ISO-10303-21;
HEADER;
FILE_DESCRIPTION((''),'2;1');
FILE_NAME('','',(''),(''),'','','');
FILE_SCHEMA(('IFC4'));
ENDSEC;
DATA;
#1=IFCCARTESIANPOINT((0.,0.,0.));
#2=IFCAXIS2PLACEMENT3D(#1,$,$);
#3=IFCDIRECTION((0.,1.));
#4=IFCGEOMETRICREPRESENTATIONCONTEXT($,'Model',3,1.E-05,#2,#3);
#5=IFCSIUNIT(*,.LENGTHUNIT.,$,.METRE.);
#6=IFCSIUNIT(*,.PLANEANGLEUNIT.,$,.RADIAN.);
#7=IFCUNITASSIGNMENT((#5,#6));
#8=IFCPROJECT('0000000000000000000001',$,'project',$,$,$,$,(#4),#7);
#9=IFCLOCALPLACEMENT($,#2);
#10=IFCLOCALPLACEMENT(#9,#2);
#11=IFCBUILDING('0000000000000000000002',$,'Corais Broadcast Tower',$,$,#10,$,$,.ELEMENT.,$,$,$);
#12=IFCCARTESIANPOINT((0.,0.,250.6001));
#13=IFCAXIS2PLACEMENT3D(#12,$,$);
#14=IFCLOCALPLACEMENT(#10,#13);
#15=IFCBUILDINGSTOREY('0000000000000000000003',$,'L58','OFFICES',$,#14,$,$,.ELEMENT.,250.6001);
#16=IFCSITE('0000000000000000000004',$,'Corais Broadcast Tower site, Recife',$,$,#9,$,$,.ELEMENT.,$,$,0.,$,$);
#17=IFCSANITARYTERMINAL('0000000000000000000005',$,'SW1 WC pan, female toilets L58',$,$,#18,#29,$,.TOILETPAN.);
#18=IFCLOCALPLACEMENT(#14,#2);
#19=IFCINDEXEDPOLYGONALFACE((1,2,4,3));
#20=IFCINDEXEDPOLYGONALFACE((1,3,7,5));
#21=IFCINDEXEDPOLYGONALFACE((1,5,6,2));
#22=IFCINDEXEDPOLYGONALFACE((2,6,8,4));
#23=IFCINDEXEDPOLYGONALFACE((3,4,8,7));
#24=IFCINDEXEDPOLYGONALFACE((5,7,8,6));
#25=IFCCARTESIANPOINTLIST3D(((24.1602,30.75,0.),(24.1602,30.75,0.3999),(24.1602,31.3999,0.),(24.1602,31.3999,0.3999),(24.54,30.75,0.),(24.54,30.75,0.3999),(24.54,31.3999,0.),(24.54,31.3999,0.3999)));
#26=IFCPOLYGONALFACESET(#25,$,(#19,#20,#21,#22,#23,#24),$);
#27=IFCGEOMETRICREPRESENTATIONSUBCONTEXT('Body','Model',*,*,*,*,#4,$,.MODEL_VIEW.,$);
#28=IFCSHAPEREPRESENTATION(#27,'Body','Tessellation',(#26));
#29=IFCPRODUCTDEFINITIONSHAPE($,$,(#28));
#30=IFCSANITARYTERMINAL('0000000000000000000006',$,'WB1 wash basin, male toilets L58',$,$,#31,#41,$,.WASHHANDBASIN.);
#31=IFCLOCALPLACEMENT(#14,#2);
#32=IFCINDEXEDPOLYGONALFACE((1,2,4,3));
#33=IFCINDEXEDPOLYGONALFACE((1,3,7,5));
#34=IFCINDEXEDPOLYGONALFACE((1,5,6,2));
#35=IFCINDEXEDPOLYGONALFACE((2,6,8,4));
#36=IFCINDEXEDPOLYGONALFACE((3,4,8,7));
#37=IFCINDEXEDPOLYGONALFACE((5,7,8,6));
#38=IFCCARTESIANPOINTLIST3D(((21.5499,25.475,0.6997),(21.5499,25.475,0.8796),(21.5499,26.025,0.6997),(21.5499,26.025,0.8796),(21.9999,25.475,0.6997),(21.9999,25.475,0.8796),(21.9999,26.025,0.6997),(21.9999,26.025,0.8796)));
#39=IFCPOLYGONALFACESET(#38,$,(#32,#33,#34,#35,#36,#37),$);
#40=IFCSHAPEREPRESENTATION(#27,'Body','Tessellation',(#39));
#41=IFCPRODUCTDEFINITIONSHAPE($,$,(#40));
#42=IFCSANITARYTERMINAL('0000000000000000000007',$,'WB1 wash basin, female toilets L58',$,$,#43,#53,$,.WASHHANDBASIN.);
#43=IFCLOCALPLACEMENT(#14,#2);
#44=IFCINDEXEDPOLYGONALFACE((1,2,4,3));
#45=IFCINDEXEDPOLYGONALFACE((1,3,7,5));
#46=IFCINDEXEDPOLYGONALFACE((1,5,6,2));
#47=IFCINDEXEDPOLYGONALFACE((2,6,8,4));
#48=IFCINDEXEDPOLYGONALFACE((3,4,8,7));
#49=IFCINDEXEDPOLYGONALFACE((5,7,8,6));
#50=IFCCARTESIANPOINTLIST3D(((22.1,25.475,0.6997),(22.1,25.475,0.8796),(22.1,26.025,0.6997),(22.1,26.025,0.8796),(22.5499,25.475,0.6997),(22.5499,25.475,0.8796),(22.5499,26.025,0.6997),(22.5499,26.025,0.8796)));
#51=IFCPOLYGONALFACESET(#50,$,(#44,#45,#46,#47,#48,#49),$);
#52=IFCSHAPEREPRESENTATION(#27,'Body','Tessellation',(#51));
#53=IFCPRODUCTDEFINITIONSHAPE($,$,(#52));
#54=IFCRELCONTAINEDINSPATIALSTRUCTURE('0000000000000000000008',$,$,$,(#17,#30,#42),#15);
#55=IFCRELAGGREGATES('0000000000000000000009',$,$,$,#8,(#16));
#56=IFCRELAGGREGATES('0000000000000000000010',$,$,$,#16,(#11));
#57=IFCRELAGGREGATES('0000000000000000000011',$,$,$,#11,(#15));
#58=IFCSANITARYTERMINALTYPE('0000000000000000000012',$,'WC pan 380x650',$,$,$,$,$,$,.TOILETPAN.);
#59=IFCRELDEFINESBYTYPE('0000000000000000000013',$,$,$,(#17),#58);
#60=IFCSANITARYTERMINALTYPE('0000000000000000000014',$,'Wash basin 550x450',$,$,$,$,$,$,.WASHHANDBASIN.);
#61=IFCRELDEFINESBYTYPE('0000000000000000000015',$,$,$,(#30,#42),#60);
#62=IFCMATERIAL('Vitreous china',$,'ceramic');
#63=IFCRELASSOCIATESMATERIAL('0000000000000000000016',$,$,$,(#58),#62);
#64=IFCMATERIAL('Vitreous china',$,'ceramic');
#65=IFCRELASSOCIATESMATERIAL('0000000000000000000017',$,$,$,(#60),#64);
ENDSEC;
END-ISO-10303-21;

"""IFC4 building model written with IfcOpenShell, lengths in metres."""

from ifc_helpers import new_model, si_unit, direction, frame, origin, origin_2d, place, context, subcontext, project, spatial, rectangle, extrude, material, type_object, element, save


model = new_model("IFC4")

# Units and contexts
model_context = context("Model", 3, precision=1e-05, world=origin(), true_north=direction((0.0, 1.0)))
body_context = subcontext(model_context, "Body", "Model", "MODEL_VIEW")
ifc_project = project(units=[si_unit("LENGTHUNIT", "METRE"), si_unit("PLANEANGLEUNIT", "RADIAN")], contexts=[model_context])

# Site, building, storey
site_placement = place(None, origin())
site = spatial("IfcSite", under=ifc_project, at=site_placement, Name="Corais Broadcast Tower site, Recife", CompositionType="ELEMENT", RefElevation=0.0)
building_placement = place(site_placement, origin())
building = spatial("IfcBuilding", under=site, at=building_placement, Name="Corais Broadcast Tower", CompositionType="ELEMENT")
storey_placement = place(building_placement, frame((0.0, 0.0, 250.6001)))
storey = spatial("IfcBuildingStorey", under=building, at=storey_placement, Name="L58", Description="OFFICES", CompositionType="ELEMENT", Elevation=250.6001)

# Sanitary terminals
ifc_material_1 = material(Name="Vitreous china", Category="ceramic")
sanitary_terminal_type_1 = type_object("IfcSanitaryTerminalType", Name="WC pan 380x650", PredefinedType="TOILETPAN", material=ifc_material_1)
for number, where, z_axis, x_axis, name in (
    (1, (24.3501, 31.075, 0.0), (0.0, 0.0, 1.0), (1.0, 0.0, 0.0), "SW1 WC pan, female toilets L58"),
):
    element("IfcSanitaryTerminal", number, at=place(storey_placement, frame(where, z_axis=z_axis, x_axis=x_axis)), inside=storey, type_object=sanitary_terminal_type_1, Name=name, PredefinedType="TOILETPAN", context=body_context, shape_type="SweptSolid", body=[
        extrude(rectangle(XDim=0.3799, YDim=0.6499, at=origin_2d()), origin(), (0.0, 0.0, 1.0), 0.3999),
    ])
ifc_material_2 = material(Name="Vitreous china", Category="ceramic")
sanitary_terminal_type_2 = type_object("IfcSanitaryTerminalType", Name="Wash basin 550x450", PredefinedType="WASHHANDBASIN", material=ifc_material_2)
for number, where, z_axis, x_axis, name in (
    (2, (21.7749, 25.75, 0.6997), (0.0, 0.0, 1.0), (1.0, 0.0, 0.0), "WB1 wash basin, male toilets L58"),
    (3, (22.325, 25.75, 0.6997), (0.0, 0.0, 1.0), (1.0, 0.0, 0.0), "WB1 wash basin, female toilets L58"),
):
    element("IfcSanitaryTerminal", number, at=place(storey_placement, frame(where, z_axis=z_axis, x_axis=x_axis)), inside=storey, type_object=sanitary_terminal_type_2, Name=name, PredefinedType="WASHHANDBASIN", context=body_context, shape_type="SweptSolid", body=[
        extrude(rectangle(XDim=0.45, YDim=0.55, at=origin_2d()), origin(), (0.0, 0.0, 1.0), 0.1799),
    ])

save(model, "model.ifc")
